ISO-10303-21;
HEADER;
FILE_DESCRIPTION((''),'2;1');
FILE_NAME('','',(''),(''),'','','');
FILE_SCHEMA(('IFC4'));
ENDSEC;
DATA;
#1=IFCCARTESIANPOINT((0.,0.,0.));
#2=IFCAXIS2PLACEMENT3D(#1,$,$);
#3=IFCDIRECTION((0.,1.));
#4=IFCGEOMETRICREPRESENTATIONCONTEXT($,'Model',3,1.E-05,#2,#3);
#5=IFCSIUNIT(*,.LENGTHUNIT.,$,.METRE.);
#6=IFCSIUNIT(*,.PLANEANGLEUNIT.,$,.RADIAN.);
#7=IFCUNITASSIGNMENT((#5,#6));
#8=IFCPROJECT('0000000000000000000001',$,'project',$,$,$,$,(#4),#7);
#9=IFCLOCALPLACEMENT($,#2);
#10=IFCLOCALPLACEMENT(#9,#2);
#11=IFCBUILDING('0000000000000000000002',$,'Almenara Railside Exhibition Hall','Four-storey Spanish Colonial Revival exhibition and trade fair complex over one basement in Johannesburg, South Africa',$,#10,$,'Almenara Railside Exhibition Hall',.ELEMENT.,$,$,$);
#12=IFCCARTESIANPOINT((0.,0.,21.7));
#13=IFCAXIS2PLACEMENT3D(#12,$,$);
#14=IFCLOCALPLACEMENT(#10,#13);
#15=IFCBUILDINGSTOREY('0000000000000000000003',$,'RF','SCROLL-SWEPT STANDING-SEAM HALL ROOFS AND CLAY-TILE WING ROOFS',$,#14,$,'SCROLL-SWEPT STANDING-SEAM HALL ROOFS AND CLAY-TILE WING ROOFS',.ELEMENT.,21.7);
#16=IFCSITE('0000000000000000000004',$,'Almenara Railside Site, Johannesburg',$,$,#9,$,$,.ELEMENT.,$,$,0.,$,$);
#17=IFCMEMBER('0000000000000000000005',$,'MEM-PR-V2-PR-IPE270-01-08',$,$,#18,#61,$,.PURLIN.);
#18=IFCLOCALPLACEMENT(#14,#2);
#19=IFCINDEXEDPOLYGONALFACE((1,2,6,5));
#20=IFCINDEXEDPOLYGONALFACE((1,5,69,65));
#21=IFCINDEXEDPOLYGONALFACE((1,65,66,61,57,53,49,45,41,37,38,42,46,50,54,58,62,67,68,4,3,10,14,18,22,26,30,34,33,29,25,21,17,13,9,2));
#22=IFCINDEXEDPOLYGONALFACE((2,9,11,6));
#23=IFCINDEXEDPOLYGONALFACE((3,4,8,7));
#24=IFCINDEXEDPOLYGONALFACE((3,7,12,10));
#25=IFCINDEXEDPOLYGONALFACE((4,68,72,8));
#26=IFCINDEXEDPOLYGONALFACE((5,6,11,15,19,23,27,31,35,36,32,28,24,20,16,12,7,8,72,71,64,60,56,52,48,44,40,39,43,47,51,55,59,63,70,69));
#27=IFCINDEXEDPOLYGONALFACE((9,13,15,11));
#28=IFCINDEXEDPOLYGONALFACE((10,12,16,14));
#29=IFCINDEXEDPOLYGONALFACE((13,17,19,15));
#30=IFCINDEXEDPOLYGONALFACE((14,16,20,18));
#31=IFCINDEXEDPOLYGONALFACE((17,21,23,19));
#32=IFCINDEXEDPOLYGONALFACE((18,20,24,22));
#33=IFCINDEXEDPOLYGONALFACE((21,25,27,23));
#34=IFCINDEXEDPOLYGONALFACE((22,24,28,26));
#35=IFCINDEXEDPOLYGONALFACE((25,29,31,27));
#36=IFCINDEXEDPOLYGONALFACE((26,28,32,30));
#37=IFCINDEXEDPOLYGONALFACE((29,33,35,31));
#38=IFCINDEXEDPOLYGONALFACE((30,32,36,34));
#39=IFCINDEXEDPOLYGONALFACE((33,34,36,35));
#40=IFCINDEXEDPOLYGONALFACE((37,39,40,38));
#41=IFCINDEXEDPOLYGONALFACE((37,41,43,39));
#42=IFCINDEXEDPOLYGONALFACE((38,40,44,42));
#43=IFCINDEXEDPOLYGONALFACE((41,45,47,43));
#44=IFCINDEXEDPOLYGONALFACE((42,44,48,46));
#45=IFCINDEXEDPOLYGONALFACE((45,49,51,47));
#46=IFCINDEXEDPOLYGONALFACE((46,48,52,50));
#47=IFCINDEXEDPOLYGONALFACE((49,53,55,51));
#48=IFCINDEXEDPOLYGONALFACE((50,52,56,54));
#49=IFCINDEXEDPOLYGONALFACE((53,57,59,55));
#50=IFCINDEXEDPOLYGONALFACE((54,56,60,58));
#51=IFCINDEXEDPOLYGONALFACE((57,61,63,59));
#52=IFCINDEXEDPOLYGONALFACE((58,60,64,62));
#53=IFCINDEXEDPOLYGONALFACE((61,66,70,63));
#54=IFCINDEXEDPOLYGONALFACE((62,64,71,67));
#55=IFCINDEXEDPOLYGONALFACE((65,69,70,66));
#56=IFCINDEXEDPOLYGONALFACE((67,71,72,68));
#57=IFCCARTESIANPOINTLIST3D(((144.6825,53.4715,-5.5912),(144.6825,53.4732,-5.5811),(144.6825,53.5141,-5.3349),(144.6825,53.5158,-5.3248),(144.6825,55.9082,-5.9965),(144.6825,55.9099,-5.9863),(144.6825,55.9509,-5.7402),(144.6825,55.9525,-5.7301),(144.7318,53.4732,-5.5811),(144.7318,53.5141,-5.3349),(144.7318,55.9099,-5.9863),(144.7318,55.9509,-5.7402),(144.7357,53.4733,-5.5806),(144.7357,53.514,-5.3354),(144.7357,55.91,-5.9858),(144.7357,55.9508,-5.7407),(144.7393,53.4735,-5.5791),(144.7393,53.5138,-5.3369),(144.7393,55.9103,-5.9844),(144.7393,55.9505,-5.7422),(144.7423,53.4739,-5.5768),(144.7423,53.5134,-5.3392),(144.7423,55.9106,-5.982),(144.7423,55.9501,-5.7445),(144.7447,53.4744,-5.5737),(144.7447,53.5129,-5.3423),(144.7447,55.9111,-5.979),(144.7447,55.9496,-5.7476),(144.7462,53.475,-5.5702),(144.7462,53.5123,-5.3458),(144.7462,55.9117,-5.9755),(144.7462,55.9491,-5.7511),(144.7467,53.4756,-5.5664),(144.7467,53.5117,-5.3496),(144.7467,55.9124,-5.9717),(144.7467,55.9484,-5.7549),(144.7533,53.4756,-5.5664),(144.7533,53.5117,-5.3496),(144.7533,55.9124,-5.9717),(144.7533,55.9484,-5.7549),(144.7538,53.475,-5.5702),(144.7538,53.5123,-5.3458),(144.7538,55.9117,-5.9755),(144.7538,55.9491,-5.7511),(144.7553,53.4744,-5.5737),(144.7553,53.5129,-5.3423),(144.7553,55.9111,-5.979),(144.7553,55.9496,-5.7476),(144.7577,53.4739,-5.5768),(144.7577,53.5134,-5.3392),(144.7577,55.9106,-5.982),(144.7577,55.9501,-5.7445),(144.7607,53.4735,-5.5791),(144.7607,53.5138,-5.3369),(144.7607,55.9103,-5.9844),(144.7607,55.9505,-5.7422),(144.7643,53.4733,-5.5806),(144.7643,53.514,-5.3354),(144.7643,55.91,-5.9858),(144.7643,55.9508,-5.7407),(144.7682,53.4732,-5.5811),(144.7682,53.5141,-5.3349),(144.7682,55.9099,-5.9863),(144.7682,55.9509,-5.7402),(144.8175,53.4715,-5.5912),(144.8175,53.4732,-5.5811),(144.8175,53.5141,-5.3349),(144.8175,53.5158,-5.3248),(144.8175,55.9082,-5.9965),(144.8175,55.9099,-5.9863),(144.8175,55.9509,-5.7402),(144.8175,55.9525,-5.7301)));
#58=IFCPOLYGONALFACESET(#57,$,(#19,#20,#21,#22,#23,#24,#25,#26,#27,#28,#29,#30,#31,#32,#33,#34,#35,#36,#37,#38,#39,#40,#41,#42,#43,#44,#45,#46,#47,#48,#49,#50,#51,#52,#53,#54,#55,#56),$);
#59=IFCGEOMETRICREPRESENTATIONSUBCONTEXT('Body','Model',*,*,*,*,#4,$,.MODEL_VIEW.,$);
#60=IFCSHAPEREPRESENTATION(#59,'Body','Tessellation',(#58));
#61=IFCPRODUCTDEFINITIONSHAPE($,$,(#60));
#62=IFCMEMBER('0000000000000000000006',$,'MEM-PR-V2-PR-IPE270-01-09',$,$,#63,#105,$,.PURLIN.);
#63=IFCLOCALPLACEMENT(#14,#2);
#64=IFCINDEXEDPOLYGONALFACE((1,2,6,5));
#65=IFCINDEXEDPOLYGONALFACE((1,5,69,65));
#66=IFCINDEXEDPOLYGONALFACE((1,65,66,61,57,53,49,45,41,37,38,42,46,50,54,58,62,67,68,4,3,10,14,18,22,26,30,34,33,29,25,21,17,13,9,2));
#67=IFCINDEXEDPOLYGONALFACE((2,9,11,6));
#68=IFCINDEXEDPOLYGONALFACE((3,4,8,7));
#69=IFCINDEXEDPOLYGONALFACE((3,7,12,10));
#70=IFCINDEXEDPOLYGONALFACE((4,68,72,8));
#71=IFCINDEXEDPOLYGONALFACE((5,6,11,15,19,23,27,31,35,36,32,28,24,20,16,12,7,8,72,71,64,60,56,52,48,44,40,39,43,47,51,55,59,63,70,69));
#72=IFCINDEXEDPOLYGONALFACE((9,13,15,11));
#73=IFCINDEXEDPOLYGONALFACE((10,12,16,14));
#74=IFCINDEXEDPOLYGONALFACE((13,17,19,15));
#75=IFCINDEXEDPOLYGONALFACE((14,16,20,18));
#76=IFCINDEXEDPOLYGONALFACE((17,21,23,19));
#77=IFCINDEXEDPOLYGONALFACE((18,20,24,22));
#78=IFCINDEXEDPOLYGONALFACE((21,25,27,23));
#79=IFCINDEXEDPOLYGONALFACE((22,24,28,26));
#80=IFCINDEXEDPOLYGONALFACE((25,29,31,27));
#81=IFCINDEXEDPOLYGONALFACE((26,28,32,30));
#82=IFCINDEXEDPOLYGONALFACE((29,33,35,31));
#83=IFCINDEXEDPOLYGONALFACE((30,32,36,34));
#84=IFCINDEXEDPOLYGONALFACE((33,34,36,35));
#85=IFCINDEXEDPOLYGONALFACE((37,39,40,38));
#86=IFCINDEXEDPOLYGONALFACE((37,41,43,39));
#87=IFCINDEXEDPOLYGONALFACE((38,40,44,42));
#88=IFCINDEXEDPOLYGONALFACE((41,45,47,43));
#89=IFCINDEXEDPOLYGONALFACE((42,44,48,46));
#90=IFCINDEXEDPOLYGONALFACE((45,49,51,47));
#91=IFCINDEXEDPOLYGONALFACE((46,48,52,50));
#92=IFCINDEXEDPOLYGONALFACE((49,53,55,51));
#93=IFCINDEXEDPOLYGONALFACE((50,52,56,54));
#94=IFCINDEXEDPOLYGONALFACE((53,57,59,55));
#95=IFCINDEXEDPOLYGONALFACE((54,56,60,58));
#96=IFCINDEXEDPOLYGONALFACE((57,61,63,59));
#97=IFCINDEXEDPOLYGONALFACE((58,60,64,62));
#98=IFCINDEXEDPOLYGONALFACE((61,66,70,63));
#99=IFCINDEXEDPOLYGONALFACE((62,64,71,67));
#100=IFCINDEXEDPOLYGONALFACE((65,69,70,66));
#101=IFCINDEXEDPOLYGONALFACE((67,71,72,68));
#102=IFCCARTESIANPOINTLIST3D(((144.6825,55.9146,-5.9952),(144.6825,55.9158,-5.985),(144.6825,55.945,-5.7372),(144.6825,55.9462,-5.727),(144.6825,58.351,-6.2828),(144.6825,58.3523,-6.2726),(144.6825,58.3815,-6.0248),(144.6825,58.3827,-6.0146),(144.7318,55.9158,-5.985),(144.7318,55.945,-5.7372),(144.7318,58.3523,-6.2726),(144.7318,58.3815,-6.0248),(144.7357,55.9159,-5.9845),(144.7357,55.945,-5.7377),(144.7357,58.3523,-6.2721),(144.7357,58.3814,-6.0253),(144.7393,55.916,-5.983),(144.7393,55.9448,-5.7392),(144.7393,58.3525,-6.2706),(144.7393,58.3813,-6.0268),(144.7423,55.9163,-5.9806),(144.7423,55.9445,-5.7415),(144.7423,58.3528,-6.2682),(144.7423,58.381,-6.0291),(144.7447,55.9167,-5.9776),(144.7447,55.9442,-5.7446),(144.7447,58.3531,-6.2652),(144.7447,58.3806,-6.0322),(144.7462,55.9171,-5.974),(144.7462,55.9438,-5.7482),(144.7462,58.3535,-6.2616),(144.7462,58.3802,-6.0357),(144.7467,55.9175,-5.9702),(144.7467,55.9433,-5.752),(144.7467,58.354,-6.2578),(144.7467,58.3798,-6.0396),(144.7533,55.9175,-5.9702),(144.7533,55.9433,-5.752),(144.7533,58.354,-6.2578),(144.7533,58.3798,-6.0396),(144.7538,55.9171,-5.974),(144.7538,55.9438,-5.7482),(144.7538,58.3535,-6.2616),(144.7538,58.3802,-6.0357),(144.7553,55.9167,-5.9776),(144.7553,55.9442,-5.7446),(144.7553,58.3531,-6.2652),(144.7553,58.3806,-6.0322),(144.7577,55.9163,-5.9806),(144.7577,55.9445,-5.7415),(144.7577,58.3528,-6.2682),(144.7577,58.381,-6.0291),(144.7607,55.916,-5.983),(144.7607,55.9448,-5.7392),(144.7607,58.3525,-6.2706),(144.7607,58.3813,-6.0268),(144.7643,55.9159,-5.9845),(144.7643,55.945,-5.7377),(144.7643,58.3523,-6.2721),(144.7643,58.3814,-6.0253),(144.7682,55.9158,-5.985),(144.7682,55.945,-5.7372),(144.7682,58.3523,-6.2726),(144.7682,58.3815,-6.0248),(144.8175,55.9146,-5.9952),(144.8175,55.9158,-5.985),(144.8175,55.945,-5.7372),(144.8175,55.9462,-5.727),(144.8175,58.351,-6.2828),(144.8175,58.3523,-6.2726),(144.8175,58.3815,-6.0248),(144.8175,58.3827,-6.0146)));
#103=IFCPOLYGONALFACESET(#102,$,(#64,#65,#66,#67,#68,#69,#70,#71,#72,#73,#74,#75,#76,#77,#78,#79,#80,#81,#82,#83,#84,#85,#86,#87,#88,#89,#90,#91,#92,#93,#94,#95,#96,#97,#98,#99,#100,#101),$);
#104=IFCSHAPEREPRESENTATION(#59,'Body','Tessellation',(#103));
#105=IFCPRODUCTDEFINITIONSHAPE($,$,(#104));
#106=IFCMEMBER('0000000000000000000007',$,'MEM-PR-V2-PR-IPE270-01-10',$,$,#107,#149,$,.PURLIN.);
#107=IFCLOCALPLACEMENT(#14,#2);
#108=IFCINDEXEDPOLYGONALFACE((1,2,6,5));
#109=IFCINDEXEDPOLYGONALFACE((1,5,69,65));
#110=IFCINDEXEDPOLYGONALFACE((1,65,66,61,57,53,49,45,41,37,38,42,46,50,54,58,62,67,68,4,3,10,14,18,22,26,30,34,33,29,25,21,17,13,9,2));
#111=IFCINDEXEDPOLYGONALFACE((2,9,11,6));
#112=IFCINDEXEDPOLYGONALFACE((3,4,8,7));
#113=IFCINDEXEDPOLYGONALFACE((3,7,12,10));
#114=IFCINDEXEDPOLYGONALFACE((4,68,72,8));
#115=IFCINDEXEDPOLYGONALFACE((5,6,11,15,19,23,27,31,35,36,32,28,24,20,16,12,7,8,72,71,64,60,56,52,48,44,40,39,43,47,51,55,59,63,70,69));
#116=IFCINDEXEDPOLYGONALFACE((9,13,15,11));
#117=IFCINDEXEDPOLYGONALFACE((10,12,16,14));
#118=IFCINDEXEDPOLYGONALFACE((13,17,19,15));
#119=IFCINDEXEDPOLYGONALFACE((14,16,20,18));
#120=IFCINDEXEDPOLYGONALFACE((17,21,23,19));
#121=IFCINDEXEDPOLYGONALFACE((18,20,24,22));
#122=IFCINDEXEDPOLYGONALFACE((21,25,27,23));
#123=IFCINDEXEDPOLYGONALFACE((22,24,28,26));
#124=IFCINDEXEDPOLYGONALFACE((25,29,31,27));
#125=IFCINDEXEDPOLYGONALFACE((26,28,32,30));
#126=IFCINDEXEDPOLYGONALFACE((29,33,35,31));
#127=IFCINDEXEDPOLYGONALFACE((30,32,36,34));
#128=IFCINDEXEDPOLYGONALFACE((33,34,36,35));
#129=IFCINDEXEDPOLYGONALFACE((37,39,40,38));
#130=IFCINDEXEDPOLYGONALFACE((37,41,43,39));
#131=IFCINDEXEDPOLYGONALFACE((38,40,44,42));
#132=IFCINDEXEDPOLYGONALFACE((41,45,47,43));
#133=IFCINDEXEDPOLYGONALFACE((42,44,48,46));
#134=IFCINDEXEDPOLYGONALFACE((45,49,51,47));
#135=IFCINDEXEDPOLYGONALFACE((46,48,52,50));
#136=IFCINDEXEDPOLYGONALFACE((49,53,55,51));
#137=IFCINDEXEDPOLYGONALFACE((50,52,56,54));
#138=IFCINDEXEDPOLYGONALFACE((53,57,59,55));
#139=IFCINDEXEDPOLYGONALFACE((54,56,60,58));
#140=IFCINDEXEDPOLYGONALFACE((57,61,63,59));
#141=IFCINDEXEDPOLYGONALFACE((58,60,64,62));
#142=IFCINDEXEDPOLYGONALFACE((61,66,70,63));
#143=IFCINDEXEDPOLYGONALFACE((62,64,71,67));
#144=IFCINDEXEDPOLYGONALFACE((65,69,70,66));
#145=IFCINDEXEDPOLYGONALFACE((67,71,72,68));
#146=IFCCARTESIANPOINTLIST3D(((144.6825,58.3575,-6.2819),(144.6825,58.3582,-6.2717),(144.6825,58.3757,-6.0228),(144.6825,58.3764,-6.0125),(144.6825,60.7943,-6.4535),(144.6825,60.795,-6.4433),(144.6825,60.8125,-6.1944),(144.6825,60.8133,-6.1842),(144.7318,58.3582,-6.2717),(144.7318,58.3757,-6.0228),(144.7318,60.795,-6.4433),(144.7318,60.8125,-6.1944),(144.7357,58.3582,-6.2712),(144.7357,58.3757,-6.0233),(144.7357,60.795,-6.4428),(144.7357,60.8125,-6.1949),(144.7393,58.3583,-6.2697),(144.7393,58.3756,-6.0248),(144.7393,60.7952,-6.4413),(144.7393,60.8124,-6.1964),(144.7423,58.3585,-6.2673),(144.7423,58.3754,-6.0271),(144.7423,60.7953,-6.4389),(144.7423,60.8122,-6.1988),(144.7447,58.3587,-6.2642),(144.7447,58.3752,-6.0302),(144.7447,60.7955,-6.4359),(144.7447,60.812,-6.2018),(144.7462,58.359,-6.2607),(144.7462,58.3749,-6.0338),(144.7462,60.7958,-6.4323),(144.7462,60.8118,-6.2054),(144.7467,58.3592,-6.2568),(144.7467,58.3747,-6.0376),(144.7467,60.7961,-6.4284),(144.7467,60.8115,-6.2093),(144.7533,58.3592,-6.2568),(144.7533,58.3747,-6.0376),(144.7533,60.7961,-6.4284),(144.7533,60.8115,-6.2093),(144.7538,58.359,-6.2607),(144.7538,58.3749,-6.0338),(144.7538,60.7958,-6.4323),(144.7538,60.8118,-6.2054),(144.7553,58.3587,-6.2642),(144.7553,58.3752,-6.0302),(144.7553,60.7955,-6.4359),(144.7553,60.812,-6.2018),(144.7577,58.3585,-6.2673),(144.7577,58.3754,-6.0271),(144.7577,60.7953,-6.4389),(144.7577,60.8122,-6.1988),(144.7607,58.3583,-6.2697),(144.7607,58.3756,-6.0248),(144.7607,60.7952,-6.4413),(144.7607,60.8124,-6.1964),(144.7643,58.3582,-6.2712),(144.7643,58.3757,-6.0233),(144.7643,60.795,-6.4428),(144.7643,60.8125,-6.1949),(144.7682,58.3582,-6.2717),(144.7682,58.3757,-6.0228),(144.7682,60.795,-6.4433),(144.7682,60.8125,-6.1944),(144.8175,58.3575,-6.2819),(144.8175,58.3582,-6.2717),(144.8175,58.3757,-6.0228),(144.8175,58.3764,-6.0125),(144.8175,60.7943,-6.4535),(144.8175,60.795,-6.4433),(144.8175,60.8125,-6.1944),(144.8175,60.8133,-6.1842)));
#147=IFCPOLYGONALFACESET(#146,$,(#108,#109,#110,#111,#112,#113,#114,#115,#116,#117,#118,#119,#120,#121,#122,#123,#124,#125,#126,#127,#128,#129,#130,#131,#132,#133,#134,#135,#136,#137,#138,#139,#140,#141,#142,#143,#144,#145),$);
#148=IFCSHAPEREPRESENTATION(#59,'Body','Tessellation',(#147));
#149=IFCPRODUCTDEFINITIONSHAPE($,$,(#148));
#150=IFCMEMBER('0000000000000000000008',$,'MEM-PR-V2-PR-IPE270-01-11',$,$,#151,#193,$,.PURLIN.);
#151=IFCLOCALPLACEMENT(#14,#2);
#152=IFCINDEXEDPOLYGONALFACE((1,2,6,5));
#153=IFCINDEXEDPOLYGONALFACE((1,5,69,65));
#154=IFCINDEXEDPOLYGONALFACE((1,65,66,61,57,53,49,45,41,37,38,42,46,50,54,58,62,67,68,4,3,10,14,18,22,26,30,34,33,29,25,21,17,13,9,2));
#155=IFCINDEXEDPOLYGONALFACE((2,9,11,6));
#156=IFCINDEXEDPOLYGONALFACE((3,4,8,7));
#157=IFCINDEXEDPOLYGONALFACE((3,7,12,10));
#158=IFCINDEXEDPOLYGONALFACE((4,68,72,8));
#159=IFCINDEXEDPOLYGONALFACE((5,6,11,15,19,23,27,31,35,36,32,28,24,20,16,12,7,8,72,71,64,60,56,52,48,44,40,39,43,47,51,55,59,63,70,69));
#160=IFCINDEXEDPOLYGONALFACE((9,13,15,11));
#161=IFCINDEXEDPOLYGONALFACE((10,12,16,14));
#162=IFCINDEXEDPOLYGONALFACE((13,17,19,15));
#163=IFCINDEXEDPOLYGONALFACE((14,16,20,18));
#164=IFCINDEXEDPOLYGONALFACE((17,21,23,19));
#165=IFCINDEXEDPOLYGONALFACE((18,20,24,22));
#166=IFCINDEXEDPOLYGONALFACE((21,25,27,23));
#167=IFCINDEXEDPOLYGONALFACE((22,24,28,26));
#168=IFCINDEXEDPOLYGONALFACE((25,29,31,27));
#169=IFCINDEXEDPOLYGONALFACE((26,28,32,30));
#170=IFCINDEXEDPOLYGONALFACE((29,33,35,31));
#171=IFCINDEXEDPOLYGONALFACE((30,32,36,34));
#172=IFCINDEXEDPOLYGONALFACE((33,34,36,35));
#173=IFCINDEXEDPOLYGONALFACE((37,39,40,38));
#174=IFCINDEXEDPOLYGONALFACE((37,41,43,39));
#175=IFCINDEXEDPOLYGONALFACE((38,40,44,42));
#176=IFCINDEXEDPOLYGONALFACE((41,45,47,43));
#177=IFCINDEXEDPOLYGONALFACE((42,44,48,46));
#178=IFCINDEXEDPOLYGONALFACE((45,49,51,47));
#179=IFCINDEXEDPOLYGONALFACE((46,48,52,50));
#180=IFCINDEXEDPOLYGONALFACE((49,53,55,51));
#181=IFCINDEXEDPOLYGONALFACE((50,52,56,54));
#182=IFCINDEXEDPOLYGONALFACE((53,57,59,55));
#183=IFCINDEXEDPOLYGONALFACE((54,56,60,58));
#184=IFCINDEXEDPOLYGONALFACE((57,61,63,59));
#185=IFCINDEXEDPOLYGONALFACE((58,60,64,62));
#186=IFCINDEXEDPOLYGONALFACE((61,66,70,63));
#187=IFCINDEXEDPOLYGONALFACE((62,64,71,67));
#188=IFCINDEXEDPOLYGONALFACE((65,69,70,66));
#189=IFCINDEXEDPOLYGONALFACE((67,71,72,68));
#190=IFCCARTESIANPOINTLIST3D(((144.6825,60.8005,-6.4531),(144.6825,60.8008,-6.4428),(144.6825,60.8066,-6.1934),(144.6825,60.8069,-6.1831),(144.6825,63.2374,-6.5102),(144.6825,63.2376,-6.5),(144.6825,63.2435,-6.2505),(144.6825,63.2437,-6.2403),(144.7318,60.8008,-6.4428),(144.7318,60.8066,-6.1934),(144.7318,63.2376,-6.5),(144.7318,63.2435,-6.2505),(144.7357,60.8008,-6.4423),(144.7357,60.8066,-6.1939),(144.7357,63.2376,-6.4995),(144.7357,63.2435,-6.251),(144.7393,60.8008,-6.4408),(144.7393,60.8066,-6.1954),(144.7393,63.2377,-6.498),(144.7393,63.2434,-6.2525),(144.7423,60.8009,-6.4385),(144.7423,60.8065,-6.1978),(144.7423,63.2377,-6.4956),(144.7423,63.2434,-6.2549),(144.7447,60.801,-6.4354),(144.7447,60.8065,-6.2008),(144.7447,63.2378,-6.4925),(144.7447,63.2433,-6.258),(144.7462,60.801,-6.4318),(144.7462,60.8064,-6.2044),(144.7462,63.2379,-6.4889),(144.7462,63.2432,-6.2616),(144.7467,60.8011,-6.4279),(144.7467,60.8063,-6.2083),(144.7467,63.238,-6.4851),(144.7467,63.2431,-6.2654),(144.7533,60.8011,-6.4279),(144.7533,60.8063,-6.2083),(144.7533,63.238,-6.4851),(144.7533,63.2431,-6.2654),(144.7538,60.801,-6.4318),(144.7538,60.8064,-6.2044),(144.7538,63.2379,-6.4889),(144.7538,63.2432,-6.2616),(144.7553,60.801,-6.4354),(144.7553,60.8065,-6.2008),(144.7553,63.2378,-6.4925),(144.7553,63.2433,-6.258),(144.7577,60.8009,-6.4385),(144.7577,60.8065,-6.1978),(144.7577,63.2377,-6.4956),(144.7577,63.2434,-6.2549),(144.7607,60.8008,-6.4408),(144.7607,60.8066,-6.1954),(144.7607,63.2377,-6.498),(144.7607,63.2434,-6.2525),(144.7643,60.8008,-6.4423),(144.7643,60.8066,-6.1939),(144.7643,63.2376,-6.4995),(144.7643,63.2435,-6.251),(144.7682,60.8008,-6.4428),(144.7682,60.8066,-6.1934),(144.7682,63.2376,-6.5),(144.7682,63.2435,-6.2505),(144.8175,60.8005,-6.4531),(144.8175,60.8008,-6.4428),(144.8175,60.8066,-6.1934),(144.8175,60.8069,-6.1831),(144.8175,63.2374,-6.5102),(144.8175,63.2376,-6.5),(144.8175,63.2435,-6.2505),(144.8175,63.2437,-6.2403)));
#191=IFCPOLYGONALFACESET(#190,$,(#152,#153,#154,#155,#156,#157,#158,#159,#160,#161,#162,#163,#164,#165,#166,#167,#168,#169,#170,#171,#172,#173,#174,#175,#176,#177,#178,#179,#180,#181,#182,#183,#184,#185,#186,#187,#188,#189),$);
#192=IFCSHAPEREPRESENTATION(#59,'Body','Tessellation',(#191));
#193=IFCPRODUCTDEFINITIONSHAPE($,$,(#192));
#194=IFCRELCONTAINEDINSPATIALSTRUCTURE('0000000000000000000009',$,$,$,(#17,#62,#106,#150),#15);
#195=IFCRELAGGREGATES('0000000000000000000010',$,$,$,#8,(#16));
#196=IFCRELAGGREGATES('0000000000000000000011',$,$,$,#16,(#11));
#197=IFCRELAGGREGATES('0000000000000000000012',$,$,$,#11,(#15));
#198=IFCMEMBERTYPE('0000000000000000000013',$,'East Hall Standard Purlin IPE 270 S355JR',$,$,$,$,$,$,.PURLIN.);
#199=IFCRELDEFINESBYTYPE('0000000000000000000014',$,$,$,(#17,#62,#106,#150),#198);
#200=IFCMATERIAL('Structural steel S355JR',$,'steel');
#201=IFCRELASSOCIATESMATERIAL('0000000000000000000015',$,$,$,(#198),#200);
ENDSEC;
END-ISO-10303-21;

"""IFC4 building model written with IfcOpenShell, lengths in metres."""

from ifc_helpers import new_model, si_unit, direction, frame, origin, origin_2d, place, context, subcontext, project, spatial, i_section, extrude, material, material_profile, profile_set, type_object, element, save


model = new_model("IFC4")

# Units and contexts
model_context = context("Model", 3, precision=1e-05, world=origin(), true_north=direction((0.0, 1.0)))
body_context = subcontext(model_context, "Body", "Model", "MODEL_VIEW")
ifc_project = project(units=[si_unit("LENGTHUNIT", "METRE"), si_unit("PLANEANGLEUNIT", "RADIAN")], contexts=[model_context])

# Site, building, storey
site_placement = place(None, origin())
site = spatial("IfcSite", under=ifc_project, at=site_placement, Name="Almenara Railside Site, Johannesburg", CompositionType="ELEMENT", RefElevation=0.0)
building_placement = place(site_placement, origin())
building = spatial("IfcBuilding", under=site, at=building_placement, Name="Almenara Railside Exhibition Hall", Description="Four-storey Spanish Colonial Revival exhibition and trade fair complex over one basement in Johannesburg, South Africa", LongName="Almenara Railside Exhibition Hall", CompositionType="ELEMENT")
storey_placement = place(building_placement, frame((0.0, 0.0, 21.7)))
storey = spatial("IfcBuildingStorey", under=building, at=storey_placement, Name="RF", Description="SCROLL-SWEPT STANDING-SEAM HALL ROOFS AND CLAY-TILE WING ROOFS", LongName="SCROLL-SWEPT STANDING-SEAM HALL ROOFS AND CLAY-TILE WING ROOFS", CompositionType="ELEMENT", Elevation=21.7)

# Members
ifc_material = material(Name="Structural steel S355JR", Category="steel")
ifc_material_profile_1 = material_profile(ifc_material, i_section(OverallWidth=0.135, OverallDepth=0.27, WebThickness=0.0066, FlangeThickness=0.0103, FilletRadius=0.0149, at=origin_2d()), Name="IPE 270")
ifc_profile_set_1 = profile_set([ifc_material_profile_1], Name="Structural steel S355JR")
member_type_1 = type_object("IfcMemberType", Name="East Hall Standard Purlin IPE 270 S355JR", PredefinedType="PURLIN", material=ifc_profile_set_1)
member_1_placement = place(storey_placement, frame((144.75, 53.4937, -5.458), z_axis=(0.0, 0.98645, -0.164062), x_axis=(-1.0, 0.0, 0.0)))
element("IfcMember", 1, at=member_1_placement, inside=storey, type_object=member_type_1, Name="MEM-PR-V2-PR-IPE270-01-08", PredefinedType="PURLIN", context=body_context, shape_type="SweptSolid", body=[
    extrude(i_section(OverallWidth=0.135, OverallDepth=0.27, WebThickness=0.0066, FlangeThickness=0.0103, FilletRadius=0.0149, at=origin_2d()), origin(), (0.0, 0.0, 1.0), 2.4702),
])
member_2_placement = place(storey_placement, frame((144.75, 55.9304, -5.8611), z_axis=(0.0, 0.993106, -0.117222), x_axis=(-1.0, 0.0, 0.0)))
element("IfcMember", 2, at=member_2_placement, inside=storey, type_object=member_type_1, Name="MEM-PR-V2-PR-IPE270-01-09", PredefinedType="PURLIN", context=body_context, shape_type="SweptSolid", body=[
    extrude(i_section(OverallWidth=0.135, OverallDepth=0.27, WebThickness=0.0066, FlangeThickness=0.0103, FilletRadius=0.0149, at=origin_2d()), origin(), (0.0, 0.0, 1.0), 2.4534),
])
member_3_placement = place(storey_placement, frame((144.75, 58.3669, -6.1472), z_axis=(0.0, 0.997529, -0.07026), x_axis=(-1.0, 0.0, 0.0)))
element("IfcMember", 3, at=member_3_placement, inside=storey, type_object=member_type_1, Name="MEM-PR-V2-PR-IPE270-01-10", PredefinedType="PURLIN", context=body_context, shape_type="SweptSolid", body=[
    extrude(i_section(OverallWidth=0.135, OverallDepth=0.27, WebThickness=0.0066, FlangeThickness=0.0103, FilletRadius=0.0149, at=origin_2d()), origin(), (0.0, 0.0, 1.0), 2.4429),
])
member_4_placement = place(storey_placement, frame((144.75, 60.8037, -6.3181), z_axis=(0.0, 0.999725, -0.023438), x_axis=(-1.0, 0.0, 0.0)))
element("IfcMember", 4, at=member_4_placement, inside=storey, type_object=member_type_1, Name="MEM-PR-V2-PR-IPE270-01-11", PredefinedType="PURLIN", context=body_context, shape_type="SweptSolid", body=[
    extrude(i_section(OverallWidth=0.135, OverallDepth=0.27, WebThickness=0.0066, FlangeThickness=0.0103, FilletRadius=0.0149, at=origin_2d()), origin(), (0.0, 0.0, 1.0), 2.4375),
])

save(model, "model.ifc")
